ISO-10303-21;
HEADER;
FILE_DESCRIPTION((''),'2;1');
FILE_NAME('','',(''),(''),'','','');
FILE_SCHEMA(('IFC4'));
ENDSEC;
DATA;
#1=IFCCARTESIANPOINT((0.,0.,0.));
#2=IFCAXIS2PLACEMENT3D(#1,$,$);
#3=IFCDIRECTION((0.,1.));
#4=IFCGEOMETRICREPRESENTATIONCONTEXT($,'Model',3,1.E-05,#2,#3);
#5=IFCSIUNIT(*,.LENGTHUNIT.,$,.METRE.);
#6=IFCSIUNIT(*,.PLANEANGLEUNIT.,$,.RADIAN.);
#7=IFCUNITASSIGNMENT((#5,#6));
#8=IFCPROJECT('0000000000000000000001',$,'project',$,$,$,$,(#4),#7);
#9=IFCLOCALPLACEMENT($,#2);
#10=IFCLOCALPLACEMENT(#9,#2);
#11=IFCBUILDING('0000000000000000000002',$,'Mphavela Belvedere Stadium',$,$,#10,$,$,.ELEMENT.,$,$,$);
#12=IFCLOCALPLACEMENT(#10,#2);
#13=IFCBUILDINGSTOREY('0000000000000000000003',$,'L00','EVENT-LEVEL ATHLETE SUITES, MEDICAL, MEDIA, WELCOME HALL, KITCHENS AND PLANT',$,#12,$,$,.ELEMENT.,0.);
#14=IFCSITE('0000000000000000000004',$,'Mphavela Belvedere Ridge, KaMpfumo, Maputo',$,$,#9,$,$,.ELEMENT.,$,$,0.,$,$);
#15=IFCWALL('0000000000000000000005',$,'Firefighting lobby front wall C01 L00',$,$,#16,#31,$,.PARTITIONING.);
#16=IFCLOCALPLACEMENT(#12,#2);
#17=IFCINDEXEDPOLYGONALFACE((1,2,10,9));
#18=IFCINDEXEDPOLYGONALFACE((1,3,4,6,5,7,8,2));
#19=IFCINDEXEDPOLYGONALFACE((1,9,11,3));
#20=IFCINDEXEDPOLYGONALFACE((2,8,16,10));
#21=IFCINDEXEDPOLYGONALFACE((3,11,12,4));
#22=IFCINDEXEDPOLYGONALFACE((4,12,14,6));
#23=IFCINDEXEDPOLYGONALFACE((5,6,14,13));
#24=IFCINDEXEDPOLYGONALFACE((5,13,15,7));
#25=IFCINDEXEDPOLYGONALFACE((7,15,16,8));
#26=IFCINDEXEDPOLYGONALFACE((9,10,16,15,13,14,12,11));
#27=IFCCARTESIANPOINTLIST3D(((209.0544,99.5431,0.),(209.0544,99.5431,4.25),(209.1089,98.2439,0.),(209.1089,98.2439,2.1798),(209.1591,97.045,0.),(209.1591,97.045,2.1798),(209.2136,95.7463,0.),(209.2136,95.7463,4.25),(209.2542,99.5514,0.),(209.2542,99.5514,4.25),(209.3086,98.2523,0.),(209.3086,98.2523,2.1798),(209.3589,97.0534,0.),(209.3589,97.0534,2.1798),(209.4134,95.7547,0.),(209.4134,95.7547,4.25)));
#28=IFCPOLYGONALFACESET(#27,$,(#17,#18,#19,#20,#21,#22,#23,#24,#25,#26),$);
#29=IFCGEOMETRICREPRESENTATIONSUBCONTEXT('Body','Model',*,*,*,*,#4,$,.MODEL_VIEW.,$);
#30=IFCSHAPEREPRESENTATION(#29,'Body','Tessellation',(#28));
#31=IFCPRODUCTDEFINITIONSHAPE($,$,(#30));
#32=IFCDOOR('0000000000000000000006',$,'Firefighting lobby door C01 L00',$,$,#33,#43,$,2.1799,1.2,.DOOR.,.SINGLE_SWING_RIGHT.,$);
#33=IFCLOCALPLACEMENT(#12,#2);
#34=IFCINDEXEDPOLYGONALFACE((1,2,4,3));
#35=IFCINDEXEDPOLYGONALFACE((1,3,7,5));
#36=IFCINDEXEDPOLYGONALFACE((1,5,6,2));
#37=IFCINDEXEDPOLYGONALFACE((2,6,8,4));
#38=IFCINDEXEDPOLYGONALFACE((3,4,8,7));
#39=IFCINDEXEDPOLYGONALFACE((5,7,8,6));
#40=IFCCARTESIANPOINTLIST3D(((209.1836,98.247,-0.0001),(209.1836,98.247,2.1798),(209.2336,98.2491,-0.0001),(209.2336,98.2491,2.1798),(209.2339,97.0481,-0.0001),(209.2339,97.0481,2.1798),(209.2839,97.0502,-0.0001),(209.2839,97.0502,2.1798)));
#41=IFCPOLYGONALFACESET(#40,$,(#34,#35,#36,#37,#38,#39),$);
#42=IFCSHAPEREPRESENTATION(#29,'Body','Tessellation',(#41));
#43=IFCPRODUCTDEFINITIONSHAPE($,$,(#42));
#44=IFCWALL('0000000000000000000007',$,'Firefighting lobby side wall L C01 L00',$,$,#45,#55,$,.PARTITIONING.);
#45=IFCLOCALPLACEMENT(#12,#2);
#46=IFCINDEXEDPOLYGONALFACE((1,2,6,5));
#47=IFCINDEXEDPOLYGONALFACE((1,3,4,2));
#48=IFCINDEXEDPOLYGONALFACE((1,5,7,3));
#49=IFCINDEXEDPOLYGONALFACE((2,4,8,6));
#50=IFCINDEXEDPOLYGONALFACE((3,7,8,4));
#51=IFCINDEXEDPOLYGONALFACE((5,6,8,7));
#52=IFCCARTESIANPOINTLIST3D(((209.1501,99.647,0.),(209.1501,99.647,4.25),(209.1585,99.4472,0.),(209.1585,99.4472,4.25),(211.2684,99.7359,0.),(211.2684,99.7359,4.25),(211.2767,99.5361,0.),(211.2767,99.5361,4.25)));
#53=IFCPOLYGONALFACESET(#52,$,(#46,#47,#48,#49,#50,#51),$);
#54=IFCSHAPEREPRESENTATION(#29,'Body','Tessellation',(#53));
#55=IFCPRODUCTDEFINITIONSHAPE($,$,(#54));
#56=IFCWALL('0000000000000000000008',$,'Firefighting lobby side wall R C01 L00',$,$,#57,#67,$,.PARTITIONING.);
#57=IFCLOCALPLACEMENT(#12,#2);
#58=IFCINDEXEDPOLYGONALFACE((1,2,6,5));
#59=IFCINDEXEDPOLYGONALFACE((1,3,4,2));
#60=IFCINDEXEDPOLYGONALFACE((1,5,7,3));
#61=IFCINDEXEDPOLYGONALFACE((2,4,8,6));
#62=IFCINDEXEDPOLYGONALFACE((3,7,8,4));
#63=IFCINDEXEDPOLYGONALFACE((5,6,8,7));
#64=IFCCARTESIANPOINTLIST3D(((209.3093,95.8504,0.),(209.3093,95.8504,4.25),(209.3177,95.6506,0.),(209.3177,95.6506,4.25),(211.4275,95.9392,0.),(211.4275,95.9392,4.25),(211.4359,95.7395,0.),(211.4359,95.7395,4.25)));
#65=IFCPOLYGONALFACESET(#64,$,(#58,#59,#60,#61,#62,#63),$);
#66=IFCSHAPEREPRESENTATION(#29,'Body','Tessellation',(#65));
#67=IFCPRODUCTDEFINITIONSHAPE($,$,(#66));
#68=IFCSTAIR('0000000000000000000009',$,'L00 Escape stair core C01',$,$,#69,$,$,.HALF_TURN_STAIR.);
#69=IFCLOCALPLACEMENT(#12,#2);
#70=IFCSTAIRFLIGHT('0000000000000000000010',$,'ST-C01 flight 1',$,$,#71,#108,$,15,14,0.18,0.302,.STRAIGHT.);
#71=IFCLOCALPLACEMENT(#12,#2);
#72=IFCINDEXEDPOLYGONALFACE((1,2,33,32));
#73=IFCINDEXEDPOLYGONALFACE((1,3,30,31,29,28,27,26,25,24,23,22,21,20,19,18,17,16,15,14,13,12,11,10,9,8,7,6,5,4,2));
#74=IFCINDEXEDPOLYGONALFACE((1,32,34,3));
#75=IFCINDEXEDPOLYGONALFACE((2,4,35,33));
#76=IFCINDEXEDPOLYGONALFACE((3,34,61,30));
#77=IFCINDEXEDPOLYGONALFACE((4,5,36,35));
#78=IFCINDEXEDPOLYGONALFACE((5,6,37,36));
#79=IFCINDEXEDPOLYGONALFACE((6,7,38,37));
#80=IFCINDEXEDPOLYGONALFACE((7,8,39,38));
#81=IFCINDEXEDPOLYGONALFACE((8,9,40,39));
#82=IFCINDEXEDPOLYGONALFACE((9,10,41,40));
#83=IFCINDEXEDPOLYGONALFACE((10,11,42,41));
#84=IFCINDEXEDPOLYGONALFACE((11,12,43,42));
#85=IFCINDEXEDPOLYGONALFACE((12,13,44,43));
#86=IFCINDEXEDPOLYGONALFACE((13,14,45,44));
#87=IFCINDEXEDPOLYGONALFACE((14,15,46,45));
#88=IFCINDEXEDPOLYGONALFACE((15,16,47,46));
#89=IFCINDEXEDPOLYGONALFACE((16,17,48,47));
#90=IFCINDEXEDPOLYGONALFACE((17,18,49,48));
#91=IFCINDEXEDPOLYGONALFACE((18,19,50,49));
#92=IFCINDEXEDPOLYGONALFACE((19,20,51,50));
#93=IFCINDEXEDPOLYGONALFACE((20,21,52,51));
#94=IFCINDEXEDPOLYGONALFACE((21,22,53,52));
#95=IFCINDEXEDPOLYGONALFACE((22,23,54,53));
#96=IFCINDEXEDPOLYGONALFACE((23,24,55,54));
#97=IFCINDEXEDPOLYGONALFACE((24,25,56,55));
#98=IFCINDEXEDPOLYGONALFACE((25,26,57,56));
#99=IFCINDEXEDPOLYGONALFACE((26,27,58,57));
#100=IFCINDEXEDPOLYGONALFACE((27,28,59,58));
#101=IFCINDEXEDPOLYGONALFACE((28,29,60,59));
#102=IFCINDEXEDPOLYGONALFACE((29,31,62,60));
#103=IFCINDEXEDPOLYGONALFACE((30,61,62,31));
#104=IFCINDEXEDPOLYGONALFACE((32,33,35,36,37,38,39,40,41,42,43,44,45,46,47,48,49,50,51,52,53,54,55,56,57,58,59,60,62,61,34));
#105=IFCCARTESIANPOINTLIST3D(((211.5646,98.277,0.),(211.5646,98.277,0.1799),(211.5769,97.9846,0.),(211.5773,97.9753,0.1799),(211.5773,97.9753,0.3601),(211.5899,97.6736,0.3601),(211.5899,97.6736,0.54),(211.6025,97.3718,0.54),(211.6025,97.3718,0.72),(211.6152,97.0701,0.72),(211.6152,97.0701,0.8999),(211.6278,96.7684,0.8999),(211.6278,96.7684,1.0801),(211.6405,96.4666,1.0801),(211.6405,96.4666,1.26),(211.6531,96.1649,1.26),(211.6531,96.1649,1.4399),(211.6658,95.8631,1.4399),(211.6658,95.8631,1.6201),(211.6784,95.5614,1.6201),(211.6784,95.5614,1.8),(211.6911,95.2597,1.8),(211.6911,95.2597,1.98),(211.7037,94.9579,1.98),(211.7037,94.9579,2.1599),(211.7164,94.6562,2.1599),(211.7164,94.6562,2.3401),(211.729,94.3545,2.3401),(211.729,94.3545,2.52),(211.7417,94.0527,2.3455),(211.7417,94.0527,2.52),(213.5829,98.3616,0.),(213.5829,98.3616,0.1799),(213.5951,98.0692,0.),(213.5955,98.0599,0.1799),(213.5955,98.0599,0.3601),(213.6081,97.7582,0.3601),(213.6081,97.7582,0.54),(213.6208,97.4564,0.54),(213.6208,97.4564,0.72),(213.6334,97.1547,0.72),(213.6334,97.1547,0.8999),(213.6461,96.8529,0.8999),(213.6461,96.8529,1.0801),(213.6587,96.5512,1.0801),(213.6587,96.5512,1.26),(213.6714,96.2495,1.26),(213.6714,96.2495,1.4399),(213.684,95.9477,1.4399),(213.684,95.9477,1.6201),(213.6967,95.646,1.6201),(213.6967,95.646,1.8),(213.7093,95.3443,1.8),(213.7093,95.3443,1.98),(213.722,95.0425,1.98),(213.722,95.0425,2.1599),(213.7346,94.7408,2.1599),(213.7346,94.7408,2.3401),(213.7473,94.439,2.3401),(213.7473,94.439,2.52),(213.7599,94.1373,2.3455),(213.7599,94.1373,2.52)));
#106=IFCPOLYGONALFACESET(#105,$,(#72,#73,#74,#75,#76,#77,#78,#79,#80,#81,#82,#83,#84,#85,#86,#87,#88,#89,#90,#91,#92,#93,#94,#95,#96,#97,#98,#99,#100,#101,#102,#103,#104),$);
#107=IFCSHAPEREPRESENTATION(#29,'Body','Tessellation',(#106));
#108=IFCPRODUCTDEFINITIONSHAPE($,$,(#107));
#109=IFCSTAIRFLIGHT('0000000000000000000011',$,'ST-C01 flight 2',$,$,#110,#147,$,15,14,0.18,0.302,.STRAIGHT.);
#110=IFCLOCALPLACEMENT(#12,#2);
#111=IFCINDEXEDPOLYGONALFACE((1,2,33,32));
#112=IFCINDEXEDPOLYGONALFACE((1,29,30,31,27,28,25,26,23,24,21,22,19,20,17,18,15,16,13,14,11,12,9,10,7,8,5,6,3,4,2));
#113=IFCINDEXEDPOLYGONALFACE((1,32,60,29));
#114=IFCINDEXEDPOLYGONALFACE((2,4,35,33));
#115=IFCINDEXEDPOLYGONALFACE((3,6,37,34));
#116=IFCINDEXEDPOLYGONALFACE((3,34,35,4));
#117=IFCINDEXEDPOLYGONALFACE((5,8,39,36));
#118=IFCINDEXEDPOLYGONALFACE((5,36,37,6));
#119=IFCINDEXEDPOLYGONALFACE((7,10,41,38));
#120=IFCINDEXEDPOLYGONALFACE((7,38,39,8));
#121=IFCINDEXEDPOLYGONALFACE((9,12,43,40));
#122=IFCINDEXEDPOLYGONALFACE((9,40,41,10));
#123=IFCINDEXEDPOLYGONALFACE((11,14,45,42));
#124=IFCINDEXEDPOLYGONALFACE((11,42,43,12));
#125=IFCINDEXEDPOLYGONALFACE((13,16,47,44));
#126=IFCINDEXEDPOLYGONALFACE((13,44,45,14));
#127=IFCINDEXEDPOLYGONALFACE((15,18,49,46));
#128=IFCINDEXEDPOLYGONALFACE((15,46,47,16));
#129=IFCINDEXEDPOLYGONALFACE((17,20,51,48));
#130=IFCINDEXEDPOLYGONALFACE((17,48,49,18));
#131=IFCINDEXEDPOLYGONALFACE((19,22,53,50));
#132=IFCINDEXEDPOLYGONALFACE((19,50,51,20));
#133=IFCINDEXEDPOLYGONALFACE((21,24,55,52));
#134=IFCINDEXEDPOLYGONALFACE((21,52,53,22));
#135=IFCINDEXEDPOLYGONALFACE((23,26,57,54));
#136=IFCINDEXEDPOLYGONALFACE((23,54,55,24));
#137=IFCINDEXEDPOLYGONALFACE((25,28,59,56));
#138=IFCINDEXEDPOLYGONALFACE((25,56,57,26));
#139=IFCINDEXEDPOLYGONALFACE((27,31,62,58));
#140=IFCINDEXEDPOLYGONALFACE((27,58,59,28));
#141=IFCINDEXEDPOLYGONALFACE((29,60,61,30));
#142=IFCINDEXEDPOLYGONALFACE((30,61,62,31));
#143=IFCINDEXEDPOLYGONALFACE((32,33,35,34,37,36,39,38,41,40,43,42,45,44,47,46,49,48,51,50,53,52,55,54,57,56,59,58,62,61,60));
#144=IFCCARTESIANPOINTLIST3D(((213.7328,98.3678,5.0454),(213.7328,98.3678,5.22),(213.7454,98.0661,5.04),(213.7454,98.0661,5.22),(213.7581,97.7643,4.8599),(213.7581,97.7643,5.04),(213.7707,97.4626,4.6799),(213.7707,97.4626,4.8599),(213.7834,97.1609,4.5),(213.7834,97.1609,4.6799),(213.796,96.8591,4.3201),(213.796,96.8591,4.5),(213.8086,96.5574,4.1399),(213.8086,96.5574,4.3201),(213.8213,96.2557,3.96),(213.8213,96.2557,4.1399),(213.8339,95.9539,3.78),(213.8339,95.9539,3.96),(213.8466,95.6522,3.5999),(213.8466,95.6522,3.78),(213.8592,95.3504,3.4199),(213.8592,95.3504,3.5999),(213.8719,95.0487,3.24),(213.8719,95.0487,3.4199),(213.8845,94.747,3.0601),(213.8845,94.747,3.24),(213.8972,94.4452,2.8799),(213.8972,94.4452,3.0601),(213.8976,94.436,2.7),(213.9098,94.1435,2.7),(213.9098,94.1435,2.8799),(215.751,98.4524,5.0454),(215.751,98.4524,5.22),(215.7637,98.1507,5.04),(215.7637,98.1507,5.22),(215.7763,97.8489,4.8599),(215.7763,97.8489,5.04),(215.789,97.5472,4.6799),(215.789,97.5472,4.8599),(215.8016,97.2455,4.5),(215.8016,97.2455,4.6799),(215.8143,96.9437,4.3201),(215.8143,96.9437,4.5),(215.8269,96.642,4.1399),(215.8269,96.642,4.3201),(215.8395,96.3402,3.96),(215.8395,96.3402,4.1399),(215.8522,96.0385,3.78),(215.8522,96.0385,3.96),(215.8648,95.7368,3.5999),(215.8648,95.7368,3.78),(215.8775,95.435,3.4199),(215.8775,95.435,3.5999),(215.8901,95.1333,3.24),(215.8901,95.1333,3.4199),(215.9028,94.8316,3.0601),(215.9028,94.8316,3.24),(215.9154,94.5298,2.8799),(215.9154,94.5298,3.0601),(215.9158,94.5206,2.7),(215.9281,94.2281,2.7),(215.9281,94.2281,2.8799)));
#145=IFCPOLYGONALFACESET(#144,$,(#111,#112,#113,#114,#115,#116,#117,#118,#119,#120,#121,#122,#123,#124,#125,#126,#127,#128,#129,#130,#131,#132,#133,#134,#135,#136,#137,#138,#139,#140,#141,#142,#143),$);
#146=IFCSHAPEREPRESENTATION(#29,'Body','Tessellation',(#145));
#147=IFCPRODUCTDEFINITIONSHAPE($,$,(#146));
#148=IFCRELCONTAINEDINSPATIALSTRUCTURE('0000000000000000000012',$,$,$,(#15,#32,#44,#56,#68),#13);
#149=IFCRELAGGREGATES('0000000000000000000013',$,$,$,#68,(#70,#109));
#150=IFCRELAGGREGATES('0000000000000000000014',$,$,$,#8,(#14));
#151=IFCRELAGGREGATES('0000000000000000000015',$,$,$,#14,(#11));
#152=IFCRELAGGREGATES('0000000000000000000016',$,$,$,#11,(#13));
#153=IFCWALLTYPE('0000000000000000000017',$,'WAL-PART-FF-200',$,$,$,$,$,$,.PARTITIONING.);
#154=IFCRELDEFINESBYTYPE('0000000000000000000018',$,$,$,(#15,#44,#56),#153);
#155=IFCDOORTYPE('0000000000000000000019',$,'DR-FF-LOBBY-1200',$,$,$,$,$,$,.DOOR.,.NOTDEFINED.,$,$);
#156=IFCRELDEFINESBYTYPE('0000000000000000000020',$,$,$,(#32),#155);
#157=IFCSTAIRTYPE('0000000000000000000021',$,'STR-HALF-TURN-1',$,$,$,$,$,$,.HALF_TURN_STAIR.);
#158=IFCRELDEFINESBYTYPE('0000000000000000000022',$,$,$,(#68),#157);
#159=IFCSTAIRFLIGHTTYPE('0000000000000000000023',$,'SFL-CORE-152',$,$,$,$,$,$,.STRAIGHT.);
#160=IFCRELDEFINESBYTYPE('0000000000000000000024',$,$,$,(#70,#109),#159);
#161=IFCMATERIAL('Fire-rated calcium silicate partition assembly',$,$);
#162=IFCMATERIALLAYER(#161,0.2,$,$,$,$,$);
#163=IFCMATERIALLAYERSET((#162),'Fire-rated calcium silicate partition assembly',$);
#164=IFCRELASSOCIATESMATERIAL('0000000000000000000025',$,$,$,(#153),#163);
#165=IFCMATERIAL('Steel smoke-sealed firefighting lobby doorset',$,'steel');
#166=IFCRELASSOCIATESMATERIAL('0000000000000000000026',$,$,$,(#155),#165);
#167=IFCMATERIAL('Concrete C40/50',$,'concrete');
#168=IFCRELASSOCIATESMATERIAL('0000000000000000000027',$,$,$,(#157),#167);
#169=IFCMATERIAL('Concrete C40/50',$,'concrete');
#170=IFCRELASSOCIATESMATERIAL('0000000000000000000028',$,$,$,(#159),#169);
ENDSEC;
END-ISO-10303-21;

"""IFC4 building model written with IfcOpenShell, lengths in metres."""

from ifc_helpers import new_model, si_unit, direction, frame, frame_2d, origin, place, context, subcontext, project, spatial, polyline, rectangle, outline, extrude, material, layer, layer_set, type_object, element, fill, aggregate, save


model = new_model("IFC4")

# Units and contexts
model_context = context("Model", 3, precision=1e-05, world=origin(), true_north=direction((0.0, 1.0)))
body_context = subcontext(model_context, "Body", "Model", "MODEL_VIEW")
ifc_project = project(units=[si_unit("LENGTHUNIT", "METRE"), si_unit("PLANEANGLEUNIT", "RADIAN")], contexts=[model_context])

# Site, building, storey
site_placement = place(None, origin())
site = spatial("IfcSite", under=ifc_project, at=site_placement, Name="Mphavela Belvedere Ridge, KaMpfumo, Maputo", CompositionType="ELEMENT", RefElevation=0.0)
building_placement = place(site_placement, origin())
building = spatial("IfcBuilding", under=site, at=building_placement, Name="Mphavela Belvedere Stadium", CompositionType="ELEMENT")
storey_placement = place(building_placement, origin())
storey = spatial("IfcBuildingStorey", under=building, at=storey_placement, Name="L00", Description="EVENT-LEVEL ATHLETE SUITES, MEDICAL, MEDIA, WELCOME HALL, KITCHENS AND PLANT", CompositionType="ELEMENT", Elevation=0.0)

# Wall, opening, door
ifc_material_1 = material(Name="Fire-rated calcium silicate partition assembly")
ifc_layer_1 = layer(ifc_material_1, 0.2)
ifc_layer_set_1 = layer_set([ifc_layer_1], Name="Fire-rated calcium silicate partition assembly")
wall_type_1 = type_object("IfcWallType", Name="WAL-PART-FF-200", PredefinedType="PARTITIONING", material=ifc_layer_set_1)
wall_1_placement = place(storey_placement, frame((209.1543, 99.5471, 0.0), z_axis=(0.0, 0.0, 1.0), x_axis=(0.04189, -0.999122, 0.0)))
wall_1 = element("IfcWall", 1, at=wall_1_placement, inside=storey, type_object=wall_type_1, Name="Firefighting lobby front wall C01 L00", PredefinedType="PARTITIONING", context=body_context, shape_type="SweptSolid", body=[
    extrude(rectangle(XDim=3.8, YDim=0.2, at=frame_2d((1.8999, 0.0))), origin(), (0.0, 0.0, 1.0), 4.25),
])
opening_1_placement = place(wall_1_placement, frame((1.3, 0.0, 0.0)))
opening_1 = element("IfcOpeningElement", 2, at=opening_1_placement, cuts=wall_1, PredefinedType="OPENING", context=body_context, shape_type="SweptSolid", body=[
    extrude(rectangle(XDim=1.2, YDim=2.1799, at=frame_2d((0.6001, 1.0898))), frame((0.0, 0.1099, 0.0), z_axis=(0.0, -1.0, 0.0), x_axis=(1.0, 0.0, 0.0)), (0.0, 0.0, 1.0), 0.22),
])
ifc_material_2 = material(Name="Steel smoke-sealed firefighting lobby doorset", Category="steel")
door_type_1 = type_object("IfcDoorType", Name="DR-FF-LOBBY-1200", OperationType="NOTDEFINED", PredefinedType="DOOR", material=ifc_material_2)
door_1_placement = place(opening_1_placement, origin())
door_1 = element("IfcDoor", 3, at=door_1_placement, inside=storey, type_object=door_type_1, Name="Firefighting lobby door C01 L00", OperationType="SINGLE_SWING_RIGHT", OverallHeight=2.1799, OverallWidth=1.2, PredefinedType="DOOR", context=body_context, shape_type="SweptSolid", body=[
    extrude(rectangle(XDim=1.2, YDim=2.1799, at=frame_2d((0.6001, 1.0898))), frame((0.0, 0.0249, 0.0), z_axis=(0.0, -1.0, 0.0), x_axis=(1.0, 0.0, 0.0)), (0.0, 0.0, 1.0), 0.05),
])
fill(opening_1, door_1)

# Walls
for number, where, z_axis, x_axis, name in (
    (4, (209.1543, 99.5471, 0.0), (0.0, 0.0, 1.0), (0.999121, 0.041918, 0.0), "Firefighting lobby side wall L C01 L00"),
    (5, (209.3135, 95.7505, 0.0), (0.0, 0.0, 1.0), (0.999121, 0.041918, 0.0), "Firefighting lobby side wall R C01 L00"),
):
    element("IfcWall", number, at=place(storey_placement, frame(where, z_axis=z_axis, x_axis=x_axis)), inside=storey, type_object=wall_type_1, Name=name, PredefinedType="PARTITIONING", context=body_context, shape_type="SweptSolid", body=[
        extrude(rectangle(XDim=2.1201, YDim=0.2, at=frame_2d((1.0601, 0.0))), origin(), (0.0, 0.0, 1.0), 4.25),
    ])

# Stair, stair flights
ifc_material_3 = material(Name="Concrete C40/50", Category="concrete")
stair_type = type_object("IfcStairType", Name="STR-HALF-TURN-1", PredefinedType="HALF_TURN_STAIR", material=ifc_material_3)
stair_placement = place(storey_placement, origin())
stair = element("IfcStair", 6, at=stair_placement, inside=storey, type_object=stair_type, Name="L00 Escape stair core C01", PredefinedType="HALF_TURN_STAIR")
ifc_material_4 = material(Name="Concrete C40/50", Category="concrete")
stair_flight_type = type_object("IfcStairFlightType", Name="SFL-CORE-152", PredefinedType="STRAIGHT", material=ifc_material_4)
stair_flight_1_placement = place(storey_placement, frame((212.5737, 98.3193, 0.0), z_axis=(0.0, 0.0, 1.0), x_axis=(0.041876, -0.999123, 0.0)))
stair_flight_1 = element("IfcStairFlight", 7, at=stair_flight_1_placement, type_object=stair_flight_type, Name="ST-C01 flight 1", NumberOfRisers=15, NumberOfTreads=14, PredefinedType="STRAIGHT", RiserHeight=0.18, TreadLength=0.302, context=body_context, shape_type="SweptSolid", body=[
    extrude(outline(polyline([(0.0, 0.0), (0.0, 0.1799), (0.302, 0.1799), (0.302, 0.3601), (0.604, 0.3601), (0.604, 0.54), (0.906, 0.54), (0.906, 0.72), (1.208, 0.72), (1.208, 0.8999), (1.51, 0.8999), (1.51, 1.0801), (1.812, 1.0801), (1.812, 1.26), (2.114, 1.26), (2.114, 1.4399), (2.416, 1.4399), (2.416, 1.6201), (2.718, 1.6201), (2.718, 1.8), (3.02, 1.8), (3.02, 1.98), (3.322, 1.98), (3.322, 2.1599), (3.624, 2.1599), (3.624, 2.3401), (3.926, 2.3401), (3.926, 2.52), (4.228, 2.52), (4.228, 2.7), (4.228, 2.3455), (0.2927, 0.0), (0.0, 0.0)])), frame((0.0, 1.01, 0.0), z_axis=(0.0, -1.0, 0.0), x_axis=(1.0, 0.0, 0.0)), (0.0, 0.0, 1.0), 2.02),
])
stair_flight_2_placement = place(storey_placement, frame((214.9189, 94.1858, 2.7), z_axis=(0.0, 0.0, 1.0), x_axis=(-0.041876, 0.999123, 0.0)))
stair_flight_2 = element("IfcStairFlight", 8, at=stair_flight_2_placement, type_object=stair_flight_type, Name="ST-C01 flight 2", NumberOfRisers=15, NumberOfTreads=14, PredefinedType="STRAIGHT", RiserHeight=0.18, TreadLength=0.302, context=body_context, shape_type="SweptSolid", body=[
    extrude(outline(polyline([(0.0, 0.0), (0.0, 0.1799), (0.302, 0.1799), (0.302, 0.3601), (0.604, 0.3601), (0.604, 0.54), (0.906, 0.54), (0.906, 0.72), (1.208, 0.72), (1.208, 0.8999), (1.51, 0.8999), (1.51, 1.0801), (1.812, 1.0801), (1.812, 1.26), (2.114, 1.26), (2.114, 1.4399), (2.416, 1.4399), (2.416, 1.6201), (2.718, 1.6201), (2.718, 1.8), (3.02, 1.8), (3.02, 1.98), (3.322, 1.98), (3.322, 2.1599), (3.624, 2.1599), (3.624, 2.3401), (3.926, 2.3401), (3.926, 2.52), (4.228, 2.52), (4.228, 2.7), (4.228, 2.3455), (0.2927, 0.0), (0.0, 0.0)])), frame((0.0, 1.01, 0.0), z_axis=(0.0, -1.0, 0.0), x_axis=(1.0, 0.0, 0.0)), (0.0, 0.0, 1.0), 2.02),
])
aggregate(stair, [stair_flight_1, stair_flight_2])

save(model, "model.ifc")
